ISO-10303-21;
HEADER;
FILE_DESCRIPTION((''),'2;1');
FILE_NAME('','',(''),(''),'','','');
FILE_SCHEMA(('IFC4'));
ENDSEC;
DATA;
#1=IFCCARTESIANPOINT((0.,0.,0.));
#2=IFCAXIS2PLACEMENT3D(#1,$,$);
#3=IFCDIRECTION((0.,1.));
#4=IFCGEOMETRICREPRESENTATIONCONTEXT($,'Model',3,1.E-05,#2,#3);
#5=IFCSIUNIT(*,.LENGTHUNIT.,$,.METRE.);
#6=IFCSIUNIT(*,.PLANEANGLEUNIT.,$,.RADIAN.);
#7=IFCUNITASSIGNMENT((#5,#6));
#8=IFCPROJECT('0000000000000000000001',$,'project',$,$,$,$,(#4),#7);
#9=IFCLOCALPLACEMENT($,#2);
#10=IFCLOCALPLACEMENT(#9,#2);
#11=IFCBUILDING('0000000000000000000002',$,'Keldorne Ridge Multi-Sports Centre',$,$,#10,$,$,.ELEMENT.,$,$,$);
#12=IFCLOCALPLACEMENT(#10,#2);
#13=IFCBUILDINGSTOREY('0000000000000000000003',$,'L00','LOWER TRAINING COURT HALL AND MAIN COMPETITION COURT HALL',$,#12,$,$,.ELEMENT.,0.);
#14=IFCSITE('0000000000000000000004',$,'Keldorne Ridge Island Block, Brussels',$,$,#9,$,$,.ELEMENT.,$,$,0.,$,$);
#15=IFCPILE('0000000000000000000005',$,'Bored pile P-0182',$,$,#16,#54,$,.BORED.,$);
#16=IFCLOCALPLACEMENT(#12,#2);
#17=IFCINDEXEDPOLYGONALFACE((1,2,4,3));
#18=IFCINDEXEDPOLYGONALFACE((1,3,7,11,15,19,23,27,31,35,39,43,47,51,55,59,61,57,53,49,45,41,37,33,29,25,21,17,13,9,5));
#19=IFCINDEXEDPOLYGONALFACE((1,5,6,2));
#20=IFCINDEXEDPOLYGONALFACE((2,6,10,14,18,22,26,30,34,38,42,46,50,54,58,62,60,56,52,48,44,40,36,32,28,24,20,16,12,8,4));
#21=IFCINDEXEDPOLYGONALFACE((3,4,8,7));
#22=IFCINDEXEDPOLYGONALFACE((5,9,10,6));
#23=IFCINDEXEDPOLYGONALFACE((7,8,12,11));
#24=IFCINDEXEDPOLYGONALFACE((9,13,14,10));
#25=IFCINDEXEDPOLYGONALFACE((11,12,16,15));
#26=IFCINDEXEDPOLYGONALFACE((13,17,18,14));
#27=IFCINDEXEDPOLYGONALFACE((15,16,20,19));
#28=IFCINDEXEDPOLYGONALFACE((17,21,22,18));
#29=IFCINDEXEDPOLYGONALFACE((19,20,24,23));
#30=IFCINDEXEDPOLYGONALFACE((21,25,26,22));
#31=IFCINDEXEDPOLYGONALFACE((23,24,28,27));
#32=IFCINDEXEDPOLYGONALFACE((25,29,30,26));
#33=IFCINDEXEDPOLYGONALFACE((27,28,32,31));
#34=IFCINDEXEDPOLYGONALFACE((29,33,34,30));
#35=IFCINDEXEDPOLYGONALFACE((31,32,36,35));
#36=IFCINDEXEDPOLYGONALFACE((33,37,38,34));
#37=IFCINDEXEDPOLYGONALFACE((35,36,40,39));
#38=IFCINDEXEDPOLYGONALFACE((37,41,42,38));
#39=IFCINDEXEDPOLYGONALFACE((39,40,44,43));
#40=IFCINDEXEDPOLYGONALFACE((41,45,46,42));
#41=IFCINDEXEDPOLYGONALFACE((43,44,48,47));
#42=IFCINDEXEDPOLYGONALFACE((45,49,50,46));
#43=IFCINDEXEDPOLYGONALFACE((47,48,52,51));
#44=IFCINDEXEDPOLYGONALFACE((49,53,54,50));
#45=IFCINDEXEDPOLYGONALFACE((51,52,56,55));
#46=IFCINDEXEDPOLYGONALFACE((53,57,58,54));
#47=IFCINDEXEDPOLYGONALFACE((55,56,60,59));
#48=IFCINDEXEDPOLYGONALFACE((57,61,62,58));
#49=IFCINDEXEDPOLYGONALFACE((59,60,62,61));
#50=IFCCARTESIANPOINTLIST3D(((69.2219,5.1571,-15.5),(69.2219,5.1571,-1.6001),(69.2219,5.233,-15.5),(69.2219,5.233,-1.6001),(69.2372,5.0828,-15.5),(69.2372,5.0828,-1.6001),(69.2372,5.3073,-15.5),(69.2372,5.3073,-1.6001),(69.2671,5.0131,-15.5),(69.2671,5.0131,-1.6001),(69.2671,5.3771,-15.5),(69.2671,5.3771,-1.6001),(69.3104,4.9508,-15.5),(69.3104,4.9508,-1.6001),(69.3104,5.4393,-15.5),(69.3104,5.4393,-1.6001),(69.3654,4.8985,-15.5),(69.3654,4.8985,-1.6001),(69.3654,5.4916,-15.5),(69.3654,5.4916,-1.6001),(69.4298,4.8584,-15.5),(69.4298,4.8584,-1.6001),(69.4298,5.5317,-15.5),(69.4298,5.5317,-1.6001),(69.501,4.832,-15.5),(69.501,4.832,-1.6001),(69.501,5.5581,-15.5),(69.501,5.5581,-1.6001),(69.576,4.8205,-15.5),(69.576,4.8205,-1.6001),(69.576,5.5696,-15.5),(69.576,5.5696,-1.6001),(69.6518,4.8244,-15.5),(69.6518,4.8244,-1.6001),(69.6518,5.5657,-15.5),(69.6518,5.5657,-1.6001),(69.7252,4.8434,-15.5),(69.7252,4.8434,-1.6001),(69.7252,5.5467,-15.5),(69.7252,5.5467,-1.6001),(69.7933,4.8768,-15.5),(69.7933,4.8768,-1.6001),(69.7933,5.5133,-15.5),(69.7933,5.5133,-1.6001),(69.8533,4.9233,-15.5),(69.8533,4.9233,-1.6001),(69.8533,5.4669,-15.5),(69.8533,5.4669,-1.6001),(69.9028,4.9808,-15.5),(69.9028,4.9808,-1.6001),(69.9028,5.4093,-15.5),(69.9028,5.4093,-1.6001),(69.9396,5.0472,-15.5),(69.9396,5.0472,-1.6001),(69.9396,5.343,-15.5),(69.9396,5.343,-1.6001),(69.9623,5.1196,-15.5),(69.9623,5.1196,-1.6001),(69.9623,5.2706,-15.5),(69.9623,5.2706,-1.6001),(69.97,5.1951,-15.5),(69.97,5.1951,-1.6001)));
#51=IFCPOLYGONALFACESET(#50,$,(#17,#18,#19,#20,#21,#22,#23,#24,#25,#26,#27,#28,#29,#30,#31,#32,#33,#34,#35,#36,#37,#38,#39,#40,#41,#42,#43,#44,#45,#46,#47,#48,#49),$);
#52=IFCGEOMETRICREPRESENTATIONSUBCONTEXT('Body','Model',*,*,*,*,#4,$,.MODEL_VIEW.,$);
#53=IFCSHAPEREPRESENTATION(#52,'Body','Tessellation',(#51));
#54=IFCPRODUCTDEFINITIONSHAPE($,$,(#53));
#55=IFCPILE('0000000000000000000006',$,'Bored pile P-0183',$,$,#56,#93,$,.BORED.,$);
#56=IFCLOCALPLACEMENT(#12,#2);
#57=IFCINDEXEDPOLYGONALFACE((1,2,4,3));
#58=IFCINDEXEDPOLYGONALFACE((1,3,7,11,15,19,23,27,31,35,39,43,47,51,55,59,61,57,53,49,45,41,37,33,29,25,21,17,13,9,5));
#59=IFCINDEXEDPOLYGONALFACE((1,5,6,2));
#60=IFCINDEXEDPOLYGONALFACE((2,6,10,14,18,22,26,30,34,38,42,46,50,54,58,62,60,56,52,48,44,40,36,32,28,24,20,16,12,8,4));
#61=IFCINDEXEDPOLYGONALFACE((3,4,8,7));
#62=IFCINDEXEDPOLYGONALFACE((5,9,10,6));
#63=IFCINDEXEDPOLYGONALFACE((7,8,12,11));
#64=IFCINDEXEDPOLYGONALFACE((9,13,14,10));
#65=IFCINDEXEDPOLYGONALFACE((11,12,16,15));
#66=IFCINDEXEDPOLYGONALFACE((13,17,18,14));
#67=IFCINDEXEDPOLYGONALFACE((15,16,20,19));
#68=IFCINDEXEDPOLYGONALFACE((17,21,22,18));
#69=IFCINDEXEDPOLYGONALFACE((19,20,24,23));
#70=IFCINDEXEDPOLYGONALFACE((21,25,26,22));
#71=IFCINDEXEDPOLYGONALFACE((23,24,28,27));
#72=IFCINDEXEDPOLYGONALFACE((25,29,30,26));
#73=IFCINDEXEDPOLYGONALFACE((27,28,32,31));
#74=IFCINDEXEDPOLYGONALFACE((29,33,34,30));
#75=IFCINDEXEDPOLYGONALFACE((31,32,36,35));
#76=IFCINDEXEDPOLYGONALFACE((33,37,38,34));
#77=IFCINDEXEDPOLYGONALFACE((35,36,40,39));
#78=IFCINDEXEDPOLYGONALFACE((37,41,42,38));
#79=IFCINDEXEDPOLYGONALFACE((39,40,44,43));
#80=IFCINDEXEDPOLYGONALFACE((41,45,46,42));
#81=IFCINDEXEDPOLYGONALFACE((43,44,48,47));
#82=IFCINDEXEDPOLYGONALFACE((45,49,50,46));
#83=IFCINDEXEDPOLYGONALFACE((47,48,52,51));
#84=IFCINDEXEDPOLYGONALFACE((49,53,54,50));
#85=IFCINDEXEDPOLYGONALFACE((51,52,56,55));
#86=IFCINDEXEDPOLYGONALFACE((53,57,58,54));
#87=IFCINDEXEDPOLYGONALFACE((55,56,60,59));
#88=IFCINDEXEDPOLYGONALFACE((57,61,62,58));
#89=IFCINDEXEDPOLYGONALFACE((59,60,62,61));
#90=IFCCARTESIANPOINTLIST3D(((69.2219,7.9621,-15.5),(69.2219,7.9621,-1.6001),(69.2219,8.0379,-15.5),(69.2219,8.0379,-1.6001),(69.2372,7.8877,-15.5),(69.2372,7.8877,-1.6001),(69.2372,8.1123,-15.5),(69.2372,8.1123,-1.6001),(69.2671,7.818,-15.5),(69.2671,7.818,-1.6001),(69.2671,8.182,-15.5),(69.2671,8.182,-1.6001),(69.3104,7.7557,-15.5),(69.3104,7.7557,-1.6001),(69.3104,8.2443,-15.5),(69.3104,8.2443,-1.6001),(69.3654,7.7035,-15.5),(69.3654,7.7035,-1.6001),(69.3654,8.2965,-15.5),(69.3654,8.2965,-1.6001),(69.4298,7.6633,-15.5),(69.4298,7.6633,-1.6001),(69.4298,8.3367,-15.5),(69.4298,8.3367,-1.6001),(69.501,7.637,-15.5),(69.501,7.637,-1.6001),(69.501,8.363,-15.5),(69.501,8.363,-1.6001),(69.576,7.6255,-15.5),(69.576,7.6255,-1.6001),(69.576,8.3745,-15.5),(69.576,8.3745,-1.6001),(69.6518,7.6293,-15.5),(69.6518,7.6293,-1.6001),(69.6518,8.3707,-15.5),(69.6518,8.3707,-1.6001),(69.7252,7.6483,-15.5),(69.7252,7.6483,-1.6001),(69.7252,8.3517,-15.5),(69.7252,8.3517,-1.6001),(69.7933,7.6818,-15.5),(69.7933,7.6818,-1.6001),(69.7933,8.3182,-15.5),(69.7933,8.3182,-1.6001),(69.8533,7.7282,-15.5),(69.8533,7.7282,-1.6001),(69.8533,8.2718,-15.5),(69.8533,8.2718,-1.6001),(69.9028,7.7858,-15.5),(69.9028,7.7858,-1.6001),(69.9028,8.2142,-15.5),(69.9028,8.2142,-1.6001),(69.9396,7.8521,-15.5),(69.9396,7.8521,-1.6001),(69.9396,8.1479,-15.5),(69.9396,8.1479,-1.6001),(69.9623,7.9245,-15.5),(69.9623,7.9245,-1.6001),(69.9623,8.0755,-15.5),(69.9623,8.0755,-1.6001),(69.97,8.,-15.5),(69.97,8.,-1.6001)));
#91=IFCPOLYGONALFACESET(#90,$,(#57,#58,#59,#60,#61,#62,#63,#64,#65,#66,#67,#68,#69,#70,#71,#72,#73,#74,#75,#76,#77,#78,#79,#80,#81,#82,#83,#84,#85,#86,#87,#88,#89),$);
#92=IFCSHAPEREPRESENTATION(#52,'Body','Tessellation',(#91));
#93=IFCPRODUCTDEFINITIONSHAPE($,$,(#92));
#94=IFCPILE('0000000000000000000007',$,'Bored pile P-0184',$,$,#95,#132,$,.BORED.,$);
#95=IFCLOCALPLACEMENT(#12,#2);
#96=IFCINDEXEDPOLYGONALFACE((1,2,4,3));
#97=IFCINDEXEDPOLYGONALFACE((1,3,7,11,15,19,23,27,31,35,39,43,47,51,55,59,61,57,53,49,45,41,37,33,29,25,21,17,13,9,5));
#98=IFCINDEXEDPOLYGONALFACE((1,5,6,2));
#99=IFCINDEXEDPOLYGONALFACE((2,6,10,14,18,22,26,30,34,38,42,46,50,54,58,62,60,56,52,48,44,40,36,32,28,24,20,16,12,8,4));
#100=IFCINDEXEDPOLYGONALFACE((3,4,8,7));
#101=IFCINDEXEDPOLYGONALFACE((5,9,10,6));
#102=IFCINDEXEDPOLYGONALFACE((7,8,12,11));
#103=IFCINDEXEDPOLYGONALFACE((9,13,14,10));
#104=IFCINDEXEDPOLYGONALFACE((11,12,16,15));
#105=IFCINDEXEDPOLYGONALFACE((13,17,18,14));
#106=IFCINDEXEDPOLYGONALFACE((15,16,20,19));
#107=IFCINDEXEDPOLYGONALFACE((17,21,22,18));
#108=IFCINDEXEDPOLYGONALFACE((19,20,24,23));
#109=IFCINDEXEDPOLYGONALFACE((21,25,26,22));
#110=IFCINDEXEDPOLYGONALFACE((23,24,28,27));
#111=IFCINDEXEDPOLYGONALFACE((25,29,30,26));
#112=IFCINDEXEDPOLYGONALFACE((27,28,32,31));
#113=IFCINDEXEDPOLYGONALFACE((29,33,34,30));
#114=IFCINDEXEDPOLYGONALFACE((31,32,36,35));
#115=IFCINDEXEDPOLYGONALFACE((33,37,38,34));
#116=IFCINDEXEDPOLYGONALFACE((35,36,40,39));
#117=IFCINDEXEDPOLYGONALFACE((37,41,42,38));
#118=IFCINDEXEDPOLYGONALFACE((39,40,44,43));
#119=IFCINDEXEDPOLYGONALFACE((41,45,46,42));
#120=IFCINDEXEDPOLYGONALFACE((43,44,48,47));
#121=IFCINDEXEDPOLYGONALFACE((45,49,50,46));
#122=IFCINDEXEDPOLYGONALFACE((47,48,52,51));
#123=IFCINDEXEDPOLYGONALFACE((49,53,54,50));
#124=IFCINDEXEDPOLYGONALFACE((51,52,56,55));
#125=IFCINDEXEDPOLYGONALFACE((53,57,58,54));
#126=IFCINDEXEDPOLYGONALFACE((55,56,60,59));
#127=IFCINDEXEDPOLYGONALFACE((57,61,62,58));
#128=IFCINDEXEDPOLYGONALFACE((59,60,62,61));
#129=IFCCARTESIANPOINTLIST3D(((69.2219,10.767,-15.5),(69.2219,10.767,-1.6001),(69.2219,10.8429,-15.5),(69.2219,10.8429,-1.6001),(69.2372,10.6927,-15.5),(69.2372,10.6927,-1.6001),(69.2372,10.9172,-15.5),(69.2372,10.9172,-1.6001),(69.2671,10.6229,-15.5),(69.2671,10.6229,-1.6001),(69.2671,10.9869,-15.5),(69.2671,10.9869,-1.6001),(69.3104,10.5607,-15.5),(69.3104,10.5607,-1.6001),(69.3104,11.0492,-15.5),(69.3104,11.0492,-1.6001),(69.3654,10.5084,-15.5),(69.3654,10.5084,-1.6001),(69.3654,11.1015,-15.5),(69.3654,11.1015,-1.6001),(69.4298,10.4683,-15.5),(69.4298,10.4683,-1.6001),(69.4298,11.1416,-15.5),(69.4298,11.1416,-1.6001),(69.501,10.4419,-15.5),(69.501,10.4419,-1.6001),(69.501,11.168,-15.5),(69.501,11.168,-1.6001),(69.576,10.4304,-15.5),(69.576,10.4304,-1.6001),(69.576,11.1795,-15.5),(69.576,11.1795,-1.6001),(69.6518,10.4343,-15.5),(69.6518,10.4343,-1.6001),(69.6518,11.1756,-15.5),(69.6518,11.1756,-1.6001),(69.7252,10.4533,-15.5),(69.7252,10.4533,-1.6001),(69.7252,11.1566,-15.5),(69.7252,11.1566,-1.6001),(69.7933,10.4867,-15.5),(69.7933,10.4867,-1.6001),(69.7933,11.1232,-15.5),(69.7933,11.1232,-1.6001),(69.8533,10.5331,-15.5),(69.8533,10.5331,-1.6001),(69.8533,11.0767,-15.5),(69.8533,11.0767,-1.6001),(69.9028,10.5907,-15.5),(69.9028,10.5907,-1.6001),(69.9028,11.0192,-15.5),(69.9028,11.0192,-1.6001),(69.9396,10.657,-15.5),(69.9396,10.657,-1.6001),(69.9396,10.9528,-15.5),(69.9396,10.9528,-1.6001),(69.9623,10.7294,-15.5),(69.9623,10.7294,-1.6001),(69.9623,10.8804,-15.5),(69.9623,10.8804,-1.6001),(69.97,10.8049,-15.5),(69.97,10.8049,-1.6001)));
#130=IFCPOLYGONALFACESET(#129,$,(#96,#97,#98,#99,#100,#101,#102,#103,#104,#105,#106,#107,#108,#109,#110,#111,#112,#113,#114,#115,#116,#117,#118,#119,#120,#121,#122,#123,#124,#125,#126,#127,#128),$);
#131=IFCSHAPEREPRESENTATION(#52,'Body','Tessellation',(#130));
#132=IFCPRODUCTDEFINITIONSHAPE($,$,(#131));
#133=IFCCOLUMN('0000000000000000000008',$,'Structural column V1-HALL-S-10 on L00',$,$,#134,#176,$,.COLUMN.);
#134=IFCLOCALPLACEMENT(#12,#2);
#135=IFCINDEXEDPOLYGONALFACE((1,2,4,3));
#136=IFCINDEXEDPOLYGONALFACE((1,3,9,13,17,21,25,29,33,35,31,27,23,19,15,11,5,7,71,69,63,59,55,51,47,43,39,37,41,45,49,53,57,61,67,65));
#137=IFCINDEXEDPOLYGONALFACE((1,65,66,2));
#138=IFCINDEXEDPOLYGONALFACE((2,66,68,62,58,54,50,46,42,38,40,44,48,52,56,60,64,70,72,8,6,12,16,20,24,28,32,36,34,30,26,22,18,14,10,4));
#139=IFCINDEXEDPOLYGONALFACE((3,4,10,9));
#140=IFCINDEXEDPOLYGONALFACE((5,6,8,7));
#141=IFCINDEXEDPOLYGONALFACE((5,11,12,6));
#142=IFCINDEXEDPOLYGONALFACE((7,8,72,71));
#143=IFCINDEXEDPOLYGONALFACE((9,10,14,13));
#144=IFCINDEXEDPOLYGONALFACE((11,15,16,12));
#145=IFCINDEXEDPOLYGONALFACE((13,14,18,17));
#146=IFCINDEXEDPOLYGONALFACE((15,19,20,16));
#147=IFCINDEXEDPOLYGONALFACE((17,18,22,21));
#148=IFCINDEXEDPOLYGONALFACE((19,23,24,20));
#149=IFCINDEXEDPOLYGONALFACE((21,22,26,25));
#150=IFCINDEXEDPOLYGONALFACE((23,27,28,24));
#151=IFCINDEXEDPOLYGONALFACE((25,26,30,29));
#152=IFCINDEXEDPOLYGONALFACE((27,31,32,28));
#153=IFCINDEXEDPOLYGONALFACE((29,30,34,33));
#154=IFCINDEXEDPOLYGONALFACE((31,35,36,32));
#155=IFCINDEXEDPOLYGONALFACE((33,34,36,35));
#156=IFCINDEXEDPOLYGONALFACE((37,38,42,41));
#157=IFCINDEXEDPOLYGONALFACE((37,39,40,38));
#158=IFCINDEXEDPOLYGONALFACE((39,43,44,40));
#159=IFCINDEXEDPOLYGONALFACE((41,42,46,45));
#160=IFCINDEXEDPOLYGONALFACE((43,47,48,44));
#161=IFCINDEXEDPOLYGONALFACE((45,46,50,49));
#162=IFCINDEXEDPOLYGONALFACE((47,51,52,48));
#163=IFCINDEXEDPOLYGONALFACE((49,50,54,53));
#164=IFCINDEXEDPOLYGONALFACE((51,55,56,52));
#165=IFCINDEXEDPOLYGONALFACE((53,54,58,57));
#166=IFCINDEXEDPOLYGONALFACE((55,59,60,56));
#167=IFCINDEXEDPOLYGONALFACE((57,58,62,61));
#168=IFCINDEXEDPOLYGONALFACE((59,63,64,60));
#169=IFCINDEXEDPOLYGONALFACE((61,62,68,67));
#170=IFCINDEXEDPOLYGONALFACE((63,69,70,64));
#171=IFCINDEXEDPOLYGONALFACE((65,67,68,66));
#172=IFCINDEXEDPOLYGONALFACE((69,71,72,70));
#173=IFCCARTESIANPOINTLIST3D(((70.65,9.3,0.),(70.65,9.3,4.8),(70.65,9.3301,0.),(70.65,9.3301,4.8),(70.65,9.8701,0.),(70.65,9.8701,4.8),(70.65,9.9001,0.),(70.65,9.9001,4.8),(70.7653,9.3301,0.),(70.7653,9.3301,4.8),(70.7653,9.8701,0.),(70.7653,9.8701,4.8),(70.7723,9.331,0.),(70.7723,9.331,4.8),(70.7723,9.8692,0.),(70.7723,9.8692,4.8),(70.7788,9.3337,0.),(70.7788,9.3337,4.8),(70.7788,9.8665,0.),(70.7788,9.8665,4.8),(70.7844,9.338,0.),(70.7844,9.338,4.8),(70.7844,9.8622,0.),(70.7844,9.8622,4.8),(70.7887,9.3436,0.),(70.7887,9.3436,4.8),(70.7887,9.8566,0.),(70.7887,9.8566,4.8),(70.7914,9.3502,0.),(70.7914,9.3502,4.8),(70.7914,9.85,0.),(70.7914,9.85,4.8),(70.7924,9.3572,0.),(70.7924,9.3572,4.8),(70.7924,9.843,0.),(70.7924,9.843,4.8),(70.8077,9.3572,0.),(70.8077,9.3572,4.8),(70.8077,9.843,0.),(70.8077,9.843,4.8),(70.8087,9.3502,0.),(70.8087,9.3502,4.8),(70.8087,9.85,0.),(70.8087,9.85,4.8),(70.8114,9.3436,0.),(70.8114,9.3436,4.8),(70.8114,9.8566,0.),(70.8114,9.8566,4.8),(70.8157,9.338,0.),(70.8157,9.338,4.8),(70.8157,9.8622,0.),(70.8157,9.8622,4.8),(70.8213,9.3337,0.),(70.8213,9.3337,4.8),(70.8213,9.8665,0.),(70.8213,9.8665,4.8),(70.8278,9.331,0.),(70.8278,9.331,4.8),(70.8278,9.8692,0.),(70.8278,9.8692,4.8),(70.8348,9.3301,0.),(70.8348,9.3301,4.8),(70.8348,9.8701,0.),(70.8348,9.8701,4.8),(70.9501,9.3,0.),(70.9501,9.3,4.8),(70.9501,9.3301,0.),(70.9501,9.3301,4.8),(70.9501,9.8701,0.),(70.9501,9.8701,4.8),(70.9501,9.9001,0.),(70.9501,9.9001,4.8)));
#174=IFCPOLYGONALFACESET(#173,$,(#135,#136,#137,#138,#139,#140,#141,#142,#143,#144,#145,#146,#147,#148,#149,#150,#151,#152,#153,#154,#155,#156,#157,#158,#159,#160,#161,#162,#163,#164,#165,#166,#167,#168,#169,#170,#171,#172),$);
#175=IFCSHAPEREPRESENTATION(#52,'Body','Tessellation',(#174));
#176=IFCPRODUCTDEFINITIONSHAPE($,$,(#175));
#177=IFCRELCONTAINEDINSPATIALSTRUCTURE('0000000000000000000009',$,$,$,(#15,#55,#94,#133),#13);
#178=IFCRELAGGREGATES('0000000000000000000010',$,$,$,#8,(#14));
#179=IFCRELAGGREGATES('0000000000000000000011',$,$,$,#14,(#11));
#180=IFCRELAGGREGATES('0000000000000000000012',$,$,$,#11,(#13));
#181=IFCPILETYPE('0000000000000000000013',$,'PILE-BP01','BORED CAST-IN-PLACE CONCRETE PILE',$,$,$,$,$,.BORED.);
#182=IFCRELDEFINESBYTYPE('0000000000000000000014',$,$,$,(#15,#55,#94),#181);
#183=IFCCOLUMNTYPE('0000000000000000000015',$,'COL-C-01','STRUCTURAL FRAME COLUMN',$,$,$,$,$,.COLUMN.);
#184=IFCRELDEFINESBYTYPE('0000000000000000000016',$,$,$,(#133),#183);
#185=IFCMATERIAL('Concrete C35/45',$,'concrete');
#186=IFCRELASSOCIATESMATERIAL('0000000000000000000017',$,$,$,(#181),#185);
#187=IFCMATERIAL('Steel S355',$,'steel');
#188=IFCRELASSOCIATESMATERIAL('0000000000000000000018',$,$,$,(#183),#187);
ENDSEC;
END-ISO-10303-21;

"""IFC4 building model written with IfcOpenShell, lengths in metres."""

from ifc_helpers import new_model, si_unit, direction, frame, origin, origin_2d, place, context, subcontext, project, spatial, circle, i_section, extrude, material, material_profile, profile_set, type_object, element, save


model = new_model("IFC4")

# Units and contexts
model_context = context("Model", 3, precision=1e-05, world=origin(), true_north=direction((0.0, 1.0)))
body_context = subcontext(model_context, "Body", "Model", "MODEL_VIEW")
ifc_project = project(units=[si_unit("LENGTHUNIT", "METRE"), si_unit("PLANEANGLEUNIT", "RADIAN")], contexts=[model_context])

# Site, building, storey
site_placement = place(None, origin())
site = spatial("IfcSite", under=ifc_project, at=site_placement, Name="Keldorne Ridge Island Block, Brussels", CompositionType="ELEMENT", RefElevation=0.0)
building_placement = place(site_placement, origin())
building = spatial("IfcBuilding", under=site, at=building_placement, Name="Keldorne Ridge Multi-Sports Centre", CompositionType="ELEMENT")
storey_placement = place(building_placement, origin())
storey = spatial("IfcBuildingStorey", under=building, at=storey_placement, Name="L00", Description="LOWER TRAINING COURT HALL AND MAIN COMPETITION COURT HALL", CompositionType="ELEMENT", Elevation=0.0)

# Shared definitions
ifc_material_1 = material(Name="Concrete C35/45", Category="concrete")

# Piles
ifc_material_profile_1 = material_profile(ifc_material_1, circle(Radius=0.375, at=origin_2d()), Name="BORED PILE D750")
ifc_profile_set_1 = profile_set([ifc_material_profile_1], Name="Concrete C35/45")
pile_type = type_object("IfcPileType", Name="PILE-BP01", Description="BORED CAST-IN-PLACE CONCRETE PILE", PredefinedType="BORED", material=ifc_profile_set_1)
for number, where, z_axis, x_axis, name in (
    (1, (69.595, 5.1951, -1.6001), (0.0, 0.0, -1.0), (1.0, 0.0, 0.0), "Bored pile P-0182"),
    (2, (69.595, 8.0, -1.6001), (0.0, 0.0, -1.0), (1.0, 0.0, 0.0), "Bored pile P-0183"),
    (3, (69.595, 10.8049, -1.6001), (0.0, 0.0, -1.0), (1.0, 0.0, 0.0), "Bored pile P-0184"),
):
    element("IfcPile", number, at=place(storey_placement, frame(where, z_axis=z_axis, x_axis=x_axis)), inside=storey, type_object=pile_type, Name=name, PredefinedType="BORED", context=body_context, shape_type="SweptSolid", body=[
        extrude(circle(Radius=0.375, at=origin_2d()), origin(), (0.0, 0.0, 1.0), 13.8999),
    ])

# Column
ifc_material_2 = material(Name="Steel S355", Category="steel")
ifc_material_profile_2 = material_profile(ifc_material_2, i_section(OverallWidth=0.3, OverallDepth=0.6001, WebThickness=0.0154, FlangeThickness=0.03, FilletRadius=0.0271, at=origin_2d()), Name="HEB 600")
ifc_profile_set_2 = profile_set([ifc_material_profile_2], Name="Steel S355")
column_type_1 = type_object("IfcColumnType", Name="COL-C-01", Description="STRUCTURAL FRAME COLUMN", PredefinedType="COLUMN", material=ifc_profile_set_2)
column_1_placement = place(storey_placement, frame((70.8, 9.6001, 0.0), z_axis=(0.0, 0.0, 1.0), x_axis=(1.0, 0.0, 0.0)))
element("IfcColumn", 4, at=column_1_placement, inside=storey, type_object=column_type_1, Name="Structural column V1-HALL-S-10 on L00", PredefinedType="COLUMN", context=body_context, shape_type="SweptSolid", body=[
    extrude(i_section(OverallWidth=0.3, OverallDepth=0.6001, WebThickness=0.0154, FlangeThickness=0.03, FilletRadius=0.0271, at=origin_2d()), origin(), (0.0, 0.0, 1.0), 4.8),
])

save(model, "model.ifc")
